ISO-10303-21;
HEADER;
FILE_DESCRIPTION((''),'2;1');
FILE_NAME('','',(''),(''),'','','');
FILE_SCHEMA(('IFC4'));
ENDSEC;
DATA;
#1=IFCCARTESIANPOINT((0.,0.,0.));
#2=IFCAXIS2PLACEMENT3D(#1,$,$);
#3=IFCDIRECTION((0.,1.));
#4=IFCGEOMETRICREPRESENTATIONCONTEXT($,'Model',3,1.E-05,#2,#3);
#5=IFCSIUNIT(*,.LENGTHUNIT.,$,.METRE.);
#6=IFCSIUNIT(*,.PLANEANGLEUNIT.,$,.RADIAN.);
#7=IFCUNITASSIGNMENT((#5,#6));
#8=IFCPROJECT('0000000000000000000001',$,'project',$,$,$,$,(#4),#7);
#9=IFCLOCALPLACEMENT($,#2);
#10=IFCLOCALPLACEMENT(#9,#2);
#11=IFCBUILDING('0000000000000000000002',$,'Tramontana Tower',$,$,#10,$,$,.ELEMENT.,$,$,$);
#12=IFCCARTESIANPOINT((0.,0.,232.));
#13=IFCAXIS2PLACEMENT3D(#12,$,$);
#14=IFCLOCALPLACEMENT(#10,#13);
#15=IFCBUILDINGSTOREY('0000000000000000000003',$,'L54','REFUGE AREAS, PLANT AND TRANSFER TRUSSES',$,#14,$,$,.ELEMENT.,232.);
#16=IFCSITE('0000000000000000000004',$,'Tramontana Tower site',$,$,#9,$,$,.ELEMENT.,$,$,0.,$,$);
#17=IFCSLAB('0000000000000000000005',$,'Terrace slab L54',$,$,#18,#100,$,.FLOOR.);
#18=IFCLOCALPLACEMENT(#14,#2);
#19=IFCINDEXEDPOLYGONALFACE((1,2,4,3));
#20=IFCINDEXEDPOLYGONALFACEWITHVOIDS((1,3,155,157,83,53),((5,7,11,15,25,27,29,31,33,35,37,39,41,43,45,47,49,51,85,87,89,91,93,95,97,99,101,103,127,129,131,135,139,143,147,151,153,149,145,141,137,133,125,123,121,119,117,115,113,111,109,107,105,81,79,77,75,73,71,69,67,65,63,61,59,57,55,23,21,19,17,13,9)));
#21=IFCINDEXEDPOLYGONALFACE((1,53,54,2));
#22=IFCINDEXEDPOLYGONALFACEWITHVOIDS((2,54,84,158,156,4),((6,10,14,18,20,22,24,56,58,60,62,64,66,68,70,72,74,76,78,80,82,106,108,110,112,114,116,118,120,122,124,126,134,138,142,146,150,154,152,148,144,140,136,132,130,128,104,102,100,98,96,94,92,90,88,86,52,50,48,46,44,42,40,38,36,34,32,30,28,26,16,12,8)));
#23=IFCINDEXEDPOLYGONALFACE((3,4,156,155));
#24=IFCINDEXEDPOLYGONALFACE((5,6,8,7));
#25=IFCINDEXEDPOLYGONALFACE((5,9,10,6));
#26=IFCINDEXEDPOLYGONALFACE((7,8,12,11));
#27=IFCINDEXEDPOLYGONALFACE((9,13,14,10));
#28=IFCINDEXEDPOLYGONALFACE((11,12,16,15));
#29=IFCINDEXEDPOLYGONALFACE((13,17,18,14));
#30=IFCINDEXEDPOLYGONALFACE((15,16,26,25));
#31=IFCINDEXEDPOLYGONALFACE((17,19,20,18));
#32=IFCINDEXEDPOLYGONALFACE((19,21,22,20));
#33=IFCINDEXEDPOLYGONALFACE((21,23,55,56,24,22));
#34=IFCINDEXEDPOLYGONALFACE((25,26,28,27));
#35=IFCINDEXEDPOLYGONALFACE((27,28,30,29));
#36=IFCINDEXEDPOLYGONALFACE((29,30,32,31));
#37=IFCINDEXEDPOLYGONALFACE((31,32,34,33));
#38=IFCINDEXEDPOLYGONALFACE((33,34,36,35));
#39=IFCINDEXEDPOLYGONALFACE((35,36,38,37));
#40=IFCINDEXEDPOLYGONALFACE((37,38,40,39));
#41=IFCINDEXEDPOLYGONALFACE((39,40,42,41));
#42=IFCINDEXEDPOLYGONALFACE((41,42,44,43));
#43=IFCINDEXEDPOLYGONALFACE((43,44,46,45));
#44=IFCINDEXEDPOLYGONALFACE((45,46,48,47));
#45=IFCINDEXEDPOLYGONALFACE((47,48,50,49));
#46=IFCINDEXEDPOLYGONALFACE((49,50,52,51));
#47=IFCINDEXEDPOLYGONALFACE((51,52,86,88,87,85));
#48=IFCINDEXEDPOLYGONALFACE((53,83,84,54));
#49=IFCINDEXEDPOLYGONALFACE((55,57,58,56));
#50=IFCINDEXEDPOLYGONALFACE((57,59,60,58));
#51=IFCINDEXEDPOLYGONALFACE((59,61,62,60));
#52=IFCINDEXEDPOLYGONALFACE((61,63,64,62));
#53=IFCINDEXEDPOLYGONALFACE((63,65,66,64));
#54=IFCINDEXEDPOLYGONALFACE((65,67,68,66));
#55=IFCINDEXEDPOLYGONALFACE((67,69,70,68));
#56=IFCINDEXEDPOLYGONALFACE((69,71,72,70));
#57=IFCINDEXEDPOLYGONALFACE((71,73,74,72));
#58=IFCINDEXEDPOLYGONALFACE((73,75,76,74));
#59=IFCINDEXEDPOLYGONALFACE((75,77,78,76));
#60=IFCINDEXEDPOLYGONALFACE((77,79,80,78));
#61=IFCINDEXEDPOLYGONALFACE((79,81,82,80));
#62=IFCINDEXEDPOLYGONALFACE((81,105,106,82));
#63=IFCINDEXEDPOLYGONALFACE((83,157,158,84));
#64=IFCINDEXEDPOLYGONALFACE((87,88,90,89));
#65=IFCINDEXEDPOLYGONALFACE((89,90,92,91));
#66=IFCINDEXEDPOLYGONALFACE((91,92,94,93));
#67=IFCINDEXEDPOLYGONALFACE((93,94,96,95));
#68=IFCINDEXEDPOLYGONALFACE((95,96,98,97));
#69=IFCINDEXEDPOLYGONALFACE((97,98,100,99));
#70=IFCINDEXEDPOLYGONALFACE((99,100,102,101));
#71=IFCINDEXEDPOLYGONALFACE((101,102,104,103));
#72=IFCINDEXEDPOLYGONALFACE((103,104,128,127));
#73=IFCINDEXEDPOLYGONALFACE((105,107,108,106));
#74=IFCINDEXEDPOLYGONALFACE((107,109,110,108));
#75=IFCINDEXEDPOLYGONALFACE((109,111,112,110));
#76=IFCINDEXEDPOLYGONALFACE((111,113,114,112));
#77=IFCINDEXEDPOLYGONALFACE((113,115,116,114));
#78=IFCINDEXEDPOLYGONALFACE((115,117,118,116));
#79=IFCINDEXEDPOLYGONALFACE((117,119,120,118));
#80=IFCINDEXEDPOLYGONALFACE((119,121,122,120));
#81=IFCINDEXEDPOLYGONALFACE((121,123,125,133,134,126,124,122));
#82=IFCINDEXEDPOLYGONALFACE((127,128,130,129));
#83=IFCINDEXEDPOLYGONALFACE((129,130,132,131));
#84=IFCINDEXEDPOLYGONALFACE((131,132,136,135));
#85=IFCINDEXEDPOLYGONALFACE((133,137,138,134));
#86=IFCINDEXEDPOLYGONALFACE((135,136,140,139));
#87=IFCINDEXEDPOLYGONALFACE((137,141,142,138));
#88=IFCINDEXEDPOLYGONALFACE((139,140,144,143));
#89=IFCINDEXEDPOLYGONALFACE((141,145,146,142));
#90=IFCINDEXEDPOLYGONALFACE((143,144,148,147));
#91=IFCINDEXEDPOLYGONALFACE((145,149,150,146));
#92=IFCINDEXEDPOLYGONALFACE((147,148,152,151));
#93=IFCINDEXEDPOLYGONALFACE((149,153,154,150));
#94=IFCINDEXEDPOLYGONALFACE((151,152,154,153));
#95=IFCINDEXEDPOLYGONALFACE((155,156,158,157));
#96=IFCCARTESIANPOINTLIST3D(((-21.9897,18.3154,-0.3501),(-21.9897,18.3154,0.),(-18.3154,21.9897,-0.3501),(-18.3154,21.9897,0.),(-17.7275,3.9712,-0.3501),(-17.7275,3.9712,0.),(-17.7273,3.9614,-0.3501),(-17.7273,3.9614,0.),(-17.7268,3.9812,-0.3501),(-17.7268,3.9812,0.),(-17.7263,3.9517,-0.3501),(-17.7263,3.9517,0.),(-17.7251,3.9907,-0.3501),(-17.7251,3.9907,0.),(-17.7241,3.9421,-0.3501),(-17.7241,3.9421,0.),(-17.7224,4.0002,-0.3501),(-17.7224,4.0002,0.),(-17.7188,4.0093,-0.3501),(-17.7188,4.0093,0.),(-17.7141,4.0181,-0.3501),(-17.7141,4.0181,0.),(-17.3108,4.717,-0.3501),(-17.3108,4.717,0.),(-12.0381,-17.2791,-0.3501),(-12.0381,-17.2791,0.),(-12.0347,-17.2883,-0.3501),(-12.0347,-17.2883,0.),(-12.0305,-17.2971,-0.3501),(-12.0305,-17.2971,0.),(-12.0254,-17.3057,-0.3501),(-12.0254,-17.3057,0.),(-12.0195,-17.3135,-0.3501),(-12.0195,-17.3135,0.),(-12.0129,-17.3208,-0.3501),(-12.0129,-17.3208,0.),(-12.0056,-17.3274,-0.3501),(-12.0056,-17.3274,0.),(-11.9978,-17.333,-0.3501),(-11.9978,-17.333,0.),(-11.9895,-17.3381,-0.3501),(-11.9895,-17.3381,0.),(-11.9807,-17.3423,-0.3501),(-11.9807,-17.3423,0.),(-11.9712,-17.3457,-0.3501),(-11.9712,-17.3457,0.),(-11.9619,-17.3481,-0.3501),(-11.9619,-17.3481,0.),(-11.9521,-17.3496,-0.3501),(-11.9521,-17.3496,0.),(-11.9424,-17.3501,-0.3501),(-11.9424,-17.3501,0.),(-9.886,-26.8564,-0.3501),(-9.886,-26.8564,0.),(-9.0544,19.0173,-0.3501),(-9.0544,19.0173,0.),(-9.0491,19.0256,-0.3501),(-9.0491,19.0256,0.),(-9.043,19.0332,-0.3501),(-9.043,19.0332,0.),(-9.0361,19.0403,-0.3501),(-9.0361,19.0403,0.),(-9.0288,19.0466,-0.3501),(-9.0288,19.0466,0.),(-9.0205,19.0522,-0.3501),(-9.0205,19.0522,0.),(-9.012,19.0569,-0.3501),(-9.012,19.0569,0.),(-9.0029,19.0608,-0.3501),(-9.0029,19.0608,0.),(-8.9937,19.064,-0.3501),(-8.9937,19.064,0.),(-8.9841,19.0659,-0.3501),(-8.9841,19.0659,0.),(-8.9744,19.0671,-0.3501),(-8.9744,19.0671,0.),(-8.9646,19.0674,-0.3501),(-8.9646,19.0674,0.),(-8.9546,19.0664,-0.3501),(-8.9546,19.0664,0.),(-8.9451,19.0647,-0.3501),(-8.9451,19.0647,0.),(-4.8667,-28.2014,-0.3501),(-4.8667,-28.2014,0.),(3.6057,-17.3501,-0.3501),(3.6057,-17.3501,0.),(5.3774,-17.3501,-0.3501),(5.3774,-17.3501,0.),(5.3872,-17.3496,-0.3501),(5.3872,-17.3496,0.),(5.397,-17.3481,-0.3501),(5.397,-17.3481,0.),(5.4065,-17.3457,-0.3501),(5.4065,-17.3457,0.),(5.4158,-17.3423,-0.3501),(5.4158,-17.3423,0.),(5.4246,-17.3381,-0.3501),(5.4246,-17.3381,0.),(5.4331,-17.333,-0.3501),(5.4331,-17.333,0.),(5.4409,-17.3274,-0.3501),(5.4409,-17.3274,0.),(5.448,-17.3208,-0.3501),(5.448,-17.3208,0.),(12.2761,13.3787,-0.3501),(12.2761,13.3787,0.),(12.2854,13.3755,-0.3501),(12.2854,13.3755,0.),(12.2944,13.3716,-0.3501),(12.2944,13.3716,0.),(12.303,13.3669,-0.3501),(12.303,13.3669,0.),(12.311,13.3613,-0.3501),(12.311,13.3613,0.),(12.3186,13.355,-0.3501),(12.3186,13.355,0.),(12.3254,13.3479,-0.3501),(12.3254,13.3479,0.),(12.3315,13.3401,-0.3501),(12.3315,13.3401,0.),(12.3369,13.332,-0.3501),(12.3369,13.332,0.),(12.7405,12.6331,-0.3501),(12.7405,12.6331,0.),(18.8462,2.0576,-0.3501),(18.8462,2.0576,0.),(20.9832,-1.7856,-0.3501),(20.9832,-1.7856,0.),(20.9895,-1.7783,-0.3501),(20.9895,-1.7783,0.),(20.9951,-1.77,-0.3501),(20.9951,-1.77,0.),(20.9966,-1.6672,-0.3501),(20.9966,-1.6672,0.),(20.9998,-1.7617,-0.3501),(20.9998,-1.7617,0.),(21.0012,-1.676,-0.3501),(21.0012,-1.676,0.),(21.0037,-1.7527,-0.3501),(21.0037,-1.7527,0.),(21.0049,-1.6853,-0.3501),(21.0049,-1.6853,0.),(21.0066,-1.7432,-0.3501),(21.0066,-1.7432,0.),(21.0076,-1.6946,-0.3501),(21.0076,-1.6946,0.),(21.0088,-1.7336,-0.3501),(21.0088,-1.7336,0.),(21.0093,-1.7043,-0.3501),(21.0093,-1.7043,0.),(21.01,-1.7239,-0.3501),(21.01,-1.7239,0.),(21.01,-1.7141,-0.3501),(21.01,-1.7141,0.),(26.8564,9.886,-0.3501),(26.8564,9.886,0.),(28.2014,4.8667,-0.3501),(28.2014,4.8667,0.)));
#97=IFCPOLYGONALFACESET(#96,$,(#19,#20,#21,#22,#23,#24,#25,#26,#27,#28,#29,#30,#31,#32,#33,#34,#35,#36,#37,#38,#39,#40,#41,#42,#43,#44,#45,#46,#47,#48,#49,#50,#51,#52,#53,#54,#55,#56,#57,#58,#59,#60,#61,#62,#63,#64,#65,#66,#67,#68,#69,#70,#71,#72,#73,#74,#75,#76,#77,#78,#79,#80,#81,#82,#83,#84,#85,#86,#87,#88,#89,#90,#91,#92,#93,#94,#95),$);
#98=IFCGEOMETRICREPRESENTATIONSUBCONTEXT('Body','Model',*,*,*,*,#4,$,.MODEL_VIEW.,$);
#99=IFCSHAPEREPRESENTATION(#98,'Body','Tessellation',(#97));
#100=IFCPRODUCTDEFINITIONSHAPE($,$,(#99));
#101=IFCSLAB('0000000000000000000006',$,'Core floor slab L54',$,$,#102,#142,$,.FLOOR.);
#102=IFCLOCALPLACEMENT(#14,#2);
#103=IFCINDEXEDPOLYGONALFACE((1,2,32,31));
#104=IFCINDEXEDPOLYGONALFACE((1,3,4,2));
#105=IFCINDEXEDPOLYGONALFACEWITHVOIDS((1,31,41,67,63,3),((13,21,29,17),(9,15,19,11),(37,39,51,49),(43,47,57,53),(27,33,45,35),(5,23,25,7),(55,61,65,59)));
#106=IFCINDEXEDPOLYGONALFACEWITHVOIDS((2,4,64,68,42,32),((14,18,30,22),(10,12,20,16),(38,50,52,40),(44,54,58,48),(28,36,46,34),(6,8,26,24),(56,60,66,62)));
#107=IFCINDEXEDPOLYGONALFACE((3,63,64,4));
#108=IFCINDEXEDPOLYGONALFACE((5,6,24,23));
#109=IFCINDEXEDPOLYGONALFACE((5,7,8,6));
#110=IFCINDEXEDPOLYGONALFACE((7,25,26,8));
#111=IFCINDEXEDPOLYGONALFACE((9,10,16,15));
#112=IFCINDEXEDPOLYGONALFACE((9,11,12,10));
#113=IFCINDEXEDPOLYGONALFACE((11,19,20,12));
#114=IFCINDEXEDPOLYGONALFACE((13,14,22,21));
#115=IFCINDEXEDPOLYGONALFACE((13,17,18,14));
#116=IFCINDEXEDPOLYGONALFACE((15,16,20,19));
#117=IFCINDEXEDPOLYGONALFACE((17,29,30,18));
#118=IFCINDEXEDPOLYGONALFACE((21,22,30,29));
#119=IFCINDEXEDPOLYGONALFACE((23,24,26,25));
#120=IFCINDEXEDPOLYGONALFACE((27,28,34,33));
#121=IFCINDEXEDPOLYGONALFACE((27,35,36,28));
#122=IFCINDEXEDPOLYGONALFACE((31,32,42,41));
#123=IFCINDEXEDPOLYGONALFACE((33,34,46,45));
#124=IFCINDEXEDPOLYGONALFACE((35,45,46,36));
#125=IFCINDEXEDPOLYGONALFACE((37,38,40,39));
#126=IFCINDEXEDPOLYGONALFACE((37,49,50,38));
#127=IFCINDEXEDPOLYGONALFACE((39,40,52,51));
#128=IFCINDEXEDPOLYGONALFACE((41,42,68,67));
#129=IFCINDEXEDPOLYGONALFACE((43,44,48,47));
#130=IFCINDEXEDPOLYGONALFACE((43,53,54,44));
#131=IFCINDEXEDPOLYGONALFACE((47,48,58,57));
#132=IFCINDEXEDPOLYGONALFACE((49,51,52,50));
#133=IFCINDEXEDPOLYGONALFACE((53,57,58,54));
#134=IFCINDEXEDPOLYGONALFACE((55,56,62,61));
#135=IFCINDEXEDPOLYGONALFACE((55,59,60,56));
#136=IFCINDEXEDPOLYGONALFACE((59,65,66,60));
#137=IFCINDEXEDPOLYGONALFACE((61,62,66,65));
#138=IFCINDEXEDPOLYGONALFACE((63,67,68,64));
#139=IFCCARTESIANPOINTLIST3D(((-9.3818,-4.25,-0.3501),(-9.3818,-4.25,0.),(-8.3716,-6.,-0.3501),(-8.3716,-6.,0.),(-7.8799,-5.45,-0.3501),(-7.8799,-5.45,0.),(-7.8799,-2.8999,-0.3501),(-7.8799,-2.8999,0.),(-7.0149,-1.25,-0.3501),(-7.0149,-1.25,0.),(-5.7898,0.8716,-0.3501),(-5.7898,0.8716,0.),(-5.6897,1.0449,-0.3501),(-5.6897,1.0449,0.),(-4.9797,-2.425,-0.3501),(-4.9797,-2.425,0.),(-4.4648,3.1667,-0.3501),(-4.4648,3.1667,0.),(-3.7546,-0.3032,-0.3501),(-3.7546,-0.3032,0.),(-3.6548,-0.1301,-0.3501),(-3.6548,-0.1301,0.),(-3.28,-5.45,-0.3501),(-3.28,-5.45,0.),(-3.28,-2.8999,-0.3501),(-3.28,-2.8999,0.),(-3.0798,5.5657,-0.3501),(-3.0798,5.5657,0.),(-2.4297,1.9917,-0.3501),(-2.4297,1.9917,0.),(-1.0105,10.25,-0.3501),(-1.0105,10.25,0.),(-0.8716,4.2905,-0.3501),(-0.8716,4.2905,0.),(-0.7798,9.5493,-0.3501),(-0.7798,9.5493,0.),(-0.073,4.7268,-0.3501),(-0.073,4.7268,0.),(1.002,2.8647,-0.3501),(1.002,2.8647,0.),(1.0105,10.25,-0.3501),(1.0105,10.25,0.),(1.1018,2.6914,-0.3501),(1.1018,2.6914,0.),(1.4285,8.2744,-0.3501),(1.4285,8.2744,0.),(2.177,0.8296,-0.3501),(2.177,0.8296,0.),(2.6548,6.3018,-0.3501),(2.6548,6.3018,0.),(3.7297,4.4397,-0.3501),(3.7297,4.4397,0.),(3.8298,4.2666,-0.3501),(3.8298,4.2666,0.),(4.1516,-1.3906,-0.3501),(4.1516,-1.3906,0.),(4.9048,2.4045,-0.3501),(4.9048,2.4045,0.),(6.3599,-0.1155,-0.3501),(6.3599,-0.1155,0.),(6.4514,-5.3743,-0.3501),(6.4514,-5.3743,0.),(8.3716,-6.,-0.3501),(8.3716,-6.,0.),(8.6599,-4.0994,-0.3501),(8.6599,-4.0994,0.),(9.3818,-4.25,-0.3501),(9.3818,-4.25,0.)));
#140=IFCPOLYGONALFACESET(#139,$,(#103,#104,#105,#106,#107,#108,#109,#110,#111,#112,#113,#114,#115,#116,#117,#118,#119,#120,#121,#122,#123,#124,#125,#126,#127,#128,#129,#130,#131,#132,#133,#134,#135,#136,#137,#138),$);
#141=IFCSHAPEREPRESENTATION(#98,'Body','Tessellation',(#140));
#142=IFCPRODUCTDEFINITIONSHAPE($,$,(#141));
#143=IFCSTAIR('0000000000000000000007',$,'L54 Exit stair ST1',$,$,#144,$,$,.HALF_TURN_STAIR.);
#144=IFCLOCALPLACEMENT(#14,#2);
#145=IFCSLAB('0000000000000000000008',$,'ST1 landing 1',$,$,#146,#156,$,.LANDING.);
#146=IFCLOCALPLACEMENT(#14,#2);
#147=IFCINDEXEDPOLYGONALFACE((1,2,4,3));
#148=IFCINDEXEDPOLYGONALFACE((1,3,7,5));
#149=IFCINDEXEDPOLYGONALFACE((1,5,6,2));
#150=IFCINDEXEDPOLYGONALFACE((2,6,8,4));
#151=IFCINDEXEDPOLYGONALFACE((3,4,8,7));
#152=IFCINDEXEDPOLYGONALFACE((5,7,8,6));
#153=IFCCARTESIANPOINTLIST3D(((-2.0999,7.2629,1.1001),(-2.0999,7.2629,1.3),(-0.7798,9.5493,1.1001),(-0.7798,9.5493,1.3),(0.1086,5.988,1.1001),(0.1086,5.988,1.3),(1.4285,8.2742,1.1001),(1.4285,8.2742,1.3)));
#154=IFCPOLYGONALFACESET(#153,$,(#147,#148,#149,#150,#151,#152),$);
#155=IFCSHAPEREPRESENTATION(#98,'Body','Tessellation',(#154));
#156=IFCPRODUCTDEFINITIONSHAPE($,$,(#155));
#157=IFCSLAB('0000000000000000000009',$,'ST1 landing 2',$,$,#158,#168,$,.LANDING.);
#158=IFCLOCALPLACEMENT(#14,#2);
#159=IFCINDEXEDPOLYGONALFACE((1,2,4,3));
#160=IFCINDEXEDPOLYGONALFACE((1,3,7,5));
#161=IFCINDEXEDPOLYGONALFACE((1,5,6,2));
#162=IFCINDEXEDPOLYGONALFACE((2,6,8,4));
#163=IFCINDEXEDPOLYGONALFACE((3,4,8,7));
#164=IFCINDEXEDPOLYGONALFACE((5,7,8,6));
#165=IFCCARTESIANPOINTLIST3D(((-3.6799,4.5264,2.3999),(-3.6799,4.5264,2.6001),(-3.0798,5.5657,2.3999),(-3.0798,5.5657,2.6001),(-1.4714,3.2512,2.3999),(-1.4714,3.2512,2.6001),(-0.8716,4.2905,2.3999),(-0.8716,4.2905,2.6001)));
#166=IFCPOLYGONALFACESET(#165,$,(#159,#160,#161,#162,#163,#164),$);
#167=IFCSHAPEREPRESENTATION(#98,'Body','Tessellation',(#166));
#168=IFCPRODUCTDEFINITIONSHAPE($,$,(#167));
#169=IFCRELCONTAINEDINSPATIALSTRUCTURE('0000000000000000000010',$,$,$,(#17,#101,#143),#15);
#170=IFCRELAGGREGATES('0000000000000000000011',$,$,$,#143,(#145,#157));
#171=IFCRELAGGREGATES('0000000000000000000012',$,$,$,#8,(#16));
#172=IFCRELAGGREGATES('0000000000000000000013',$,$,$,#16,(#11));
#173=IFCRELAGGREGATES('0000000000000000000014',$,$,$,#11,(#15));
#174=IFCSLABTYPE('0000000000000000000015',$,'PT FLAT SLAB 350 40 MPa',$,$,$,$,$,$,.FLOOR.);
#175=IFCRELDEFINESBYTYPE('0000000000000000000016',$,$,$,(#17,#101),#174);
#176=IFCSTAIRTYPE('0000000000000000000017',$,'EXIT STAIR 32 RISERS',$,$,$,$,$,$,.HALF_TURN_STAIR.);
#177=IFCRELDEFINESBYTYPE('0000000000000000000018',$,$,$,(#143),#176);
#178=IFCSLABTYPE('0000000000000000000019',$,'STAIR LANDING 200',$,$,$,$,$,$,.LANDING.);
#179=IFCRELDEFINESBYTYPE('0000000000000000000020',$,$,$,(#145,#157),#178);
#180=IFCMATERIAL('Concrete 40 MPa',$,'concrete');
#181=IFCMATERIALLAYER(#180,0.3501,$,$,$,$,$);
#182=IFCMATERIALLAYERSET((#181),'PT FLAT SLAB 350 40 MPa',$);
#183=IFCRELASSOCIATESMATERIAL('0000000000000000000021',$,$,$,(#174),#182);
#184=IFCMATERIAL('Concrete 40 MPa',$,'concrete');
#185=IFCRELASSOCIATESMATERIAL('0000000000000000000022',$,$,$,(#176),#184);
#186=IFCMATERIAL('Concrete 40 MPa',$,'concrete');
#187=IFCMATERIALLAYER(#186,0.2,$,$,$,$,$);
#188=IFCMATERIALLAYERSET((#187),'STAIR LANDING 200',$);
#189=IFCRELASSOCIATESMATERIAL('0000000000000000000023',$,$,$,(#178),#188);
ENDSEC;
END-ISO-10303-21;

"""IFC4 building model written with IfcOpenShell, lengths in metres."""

from ifc_helpers import new_model, si_unit, direction, frame, origin, place, context, subcontext, project, spatial, polyline, outline, extrude, material, layer, layer_set, type_object, element, aggregate, save


model = new_model("IFC4")

# Units and contexts
model_context = context("Model", 3, precision=1e-05, world=origin(), true_north=direction((0.0, 1.0)))
body_context = subcontext(model_context, "Body", "Model", "MODEL_VIEW")
ifc_project = project(units=[si_unit("LENGTHUNIT", "METRE"), si_unit("PLANEANGLEUNIT", "RADIAN")], contexts=[model_context])

# Site, building, storey
site_placement = place(None, origin())
site = spatial("IfcSite", under=ifc_project, at=site_placement, Name="Tramontana Tower site", CompositionType="ELEMENT", RefElevation=0.0)
building_placement = place(site_placement, origin())
building = spatial("IfcBuilding", under=site, at=building_placement, Name="Tramontana Tower", CompositionType="ELEMENT")
storey_placement = place(building_placement, frame((0.0, 0.0, 232.0)))
storey = spatial("IfcBuildingStorey", under=building, at=storey_placement, Name="L54", Description="REFUGE AREAS, PLANT AND TRANSFER TRUSSES", CompositionType="ELEMENT", Elevation=232.0)

# Slabs
ifc_material_1 = material(Name="Concrete 40 MPa", Category="concrete")
ifc_layer_1 = layer(ifc_material_1, 0.3501)
ifc_layer_set_1 = layer_set([ifc_layer_1], Name="PT FLAT SLAB 350 40 MPa")
slab_type_1 = type_object("IfcSlabType", Name="PT FLAT SLAB 350 40 MPa", PredefinedType="FLOOR", material=ifc_layer_set_1)
slab_1_placement = place(storey_placement, frame((0.0, 0.0, -0.3501)))
element("IfcSlab", 1, at=slab_1_placement, inside=storey, type_object=slab_type_1, Name="Terrace slab L54", PredefinedType="FLOOR", context=body_context, shape_type="SweptSolid", body=[
    extrude(outline(polyline([(-4.8667, -28.2014), (-9.886, -26.8564), (-21.9897, 18.3154), (-18.3154, 21.9897), (26.8564, 9.886), (28.2014, 4.8667), (-4.8667, -28.2014)]), holes=[polyline([(5.3774, -17.3501), (5.3872, -17.3496), (5.397, -17.3481), (5.4065, -17.3457), (5.4158, -17.3423), (5.4246, -17.3381), (5.4331, -17.333), (5.4409, -17.3274), (5.448, -17.3208), (20.9832, -1.7856), (20.9895, -1.7783), (20.9951, -1.77), (20.9998, -1.7617), (21.0037, -1.7527), (21.0066, -1.7432), (21.0088, -1.7336), (21.01, -1.7239), (21.01, -1.7141), (21.0093, -1.7043), (21.0076, -1.6946), (21.0049, -1.6853), (21.0012, -1.676), (20.9966, -1.6672), (18.8462, 2.0576), (12.7405, 12.6331), (12.3369, 13.332), (12.3315, 13.3401), (12.3254, 13.3479), (12.3186, 13.355), (12.311, 13.3613), (12.303, 13.3669), (12.2944, 13.3716), (12.2854, 13.3755), (12.2761, 13.3787), (-8.9451, 19.0647), (-8.9546, 19.0664), (-8.9646, 19.0674), (-8.9744, 19.0671), (-8.9841, 19.0659), (-8.9937, 19.064), (-9.0029, 19.0608), (-9.012, 19.0569), (-9.0205, 19.0522), (-9.0288, 19.0466), (-9.0361, 19.0403), (-9.043, 19.0332), (-9.0491, 19.0256), (-9.0544, 19.0173), (-17.3108, 4.717), (-17.7141, 4.0181), (-17.7188, 4.0093), (-17.7224, 4.0002), (-17.7251, 3.9907), (-17.7268, 3.9812), (-17.7275, 3.9712), (-17.7273, 3.9614), (-17.7263, 3.9517), (-17.7241, 3.9421), (-12.0381, -17.2791), (-12.0347, -17.2883), (-12.0305, -17.2971), (-12.0254, -17.3057), (-12.0195, -17.3135), (-12.0129, -17.3208), (-12.0056, -17.3274), (-11.9978, -17.333), (-11.9895, -17.3381), (-11.9807, -17.3423), (-11.9712, -17.3457), (-11.9619, -17.3481), (-11.9521, -17.3496), (-11.9424, -17.3501), (3.6057, -17.3501), (5.3774, -17.3501)])]), origin(), (0.0, 0.0, 1.0), 0.3501),
])
slab_2_placement = place(storey_placement, frame((0.0, 0.0, -0.3501)))
element("IfcSlab", 2, at=slab_2_placement, inside=storey, type_object=slab_type_1, Name="Core floor slab L54", PredefinedType="FLOOR", context=body_context, shape_type="SweptSolid", body=[
    extrude(outline(polyline([(9.3818, -4.25), (8.3716, -6.0), (-8.3716, -6.0), (-9.3818, -4.25), (-1.0105, 10.25), (1.0105, 10.25), (9.3818, -4.25)]), holes=[polyline([(8.6599, -4.0994), (6.3599, -0.1155), (4.1516, -1.3906), (6.4514, -5.3743), (8.6599, -4.0994)]), polyline([(3.8298, 4.2666), (1.1018, 2.6914), (2.177, 0.8296), (4.9048, 2.4045), (3.8298, 4.2666)]), polyline([(2.6548, 6.3018), (-0.073, 4.7268), (1.002, 2.8647), (3.7297, 4.4397), (2.6548, 6.3018)]), polyline([(-0.7798, 9.5493), (-3.0798, 5.5657), (-0.8716, 4.2905), (1.4285, 8.2744), (-0.7798, 9.5493)]), polyline([(-5.6897, 1.0449), (-3.6548, -0.1301), (-2.4297, 1.9917), (-4.4648, 3.1667), (-5.6897, 1.0449)]), polyline([(-3.28, -5.45), (-3.28, -2.8999), (-7.8799, -2.8999), (-7.8799, -5.45), (-3.28, -5.45)]), polyline([(-7.0149, -1.25), (-4.9797, -2.425), (-3.7546, -0.3032), (-5.7898, 0.8716), (-7.0149, -1.25)])]), origin(), (0.0, 0.0, 1.0), 0.3501),
])

# Stair, slabs
ifc_material_2 = material(Name="Concrete 40 MPa", Category="concrete")
stair_type = type_object("IfcStairType", Name="EXIT STAIR 32 RISERS", PredefinedType="HALF_TURN_STAIR", material=ifc_material_2)
stair_1_placement = place(storey_placement, origin())
stair_1 = element("IfcStair", 3, at=stair_1_placement, inside=storey, type_object=stair_type, Name="L54 Exit stair ST1", PredefinedType="HALF_TURN_STAIR")
ifc_material_3 = material(Name="Concrete 40 MPa", Category="concrete")
ifc_layer_2 = layer(ifc_material_3, 0.2)
ifc_layer_set_2 = layer_set([ifc_layer_2], Name="STAIR LANDING 200")
slab_type_2 = type_object("IfcSlabType", Name="STAIR LANDING 200", PredefinedType="LANDING", material=ifc_layer_set_2)
slab_3_placement = place(storey_placement, frame((0.0, 0.0, 1.1001)))
slab_3 = element("IfcSlab", 4, at=slab_3_placement, type_object=slab_type_2, Name="ST1 landing 1", PredefinedType="LANDING", context=body_context, shape_type="SweptSolid", body=[
    extrude(outline(polyline([(0.1086, 5.988), (1.4285, 8.2742), (-0.7798, 9.5493), (-2.0999, 7.2629), (0.1086, 5.988)])), origin(), (0.0, 0.0, 1.0), 0.2),
])
slab_4_placement = place(storey_placement, frame((0.0, 0.0, 2.3999)))
slab_4 = element("IfcSlab", 5, at=slab_4_placement, type_object=slab_type_2, Name="ST1 landing 2", PredefinedType="LANDING", context=body_context, shape_type="SweptSolid", body=[
    extrude(outline(polyline([(-1.4714, 3.2512), (-0.8716, 4.2905), (-3.0798, 5.5657), (-3.6799, 4.5264), (-1.4714, 3.2512)])), origin(), (0.0, 0.0, 1.0), 0.2002),
])
aggregate(stair_1, [slab_3, slab_4])

save(model, "model.ifc")
